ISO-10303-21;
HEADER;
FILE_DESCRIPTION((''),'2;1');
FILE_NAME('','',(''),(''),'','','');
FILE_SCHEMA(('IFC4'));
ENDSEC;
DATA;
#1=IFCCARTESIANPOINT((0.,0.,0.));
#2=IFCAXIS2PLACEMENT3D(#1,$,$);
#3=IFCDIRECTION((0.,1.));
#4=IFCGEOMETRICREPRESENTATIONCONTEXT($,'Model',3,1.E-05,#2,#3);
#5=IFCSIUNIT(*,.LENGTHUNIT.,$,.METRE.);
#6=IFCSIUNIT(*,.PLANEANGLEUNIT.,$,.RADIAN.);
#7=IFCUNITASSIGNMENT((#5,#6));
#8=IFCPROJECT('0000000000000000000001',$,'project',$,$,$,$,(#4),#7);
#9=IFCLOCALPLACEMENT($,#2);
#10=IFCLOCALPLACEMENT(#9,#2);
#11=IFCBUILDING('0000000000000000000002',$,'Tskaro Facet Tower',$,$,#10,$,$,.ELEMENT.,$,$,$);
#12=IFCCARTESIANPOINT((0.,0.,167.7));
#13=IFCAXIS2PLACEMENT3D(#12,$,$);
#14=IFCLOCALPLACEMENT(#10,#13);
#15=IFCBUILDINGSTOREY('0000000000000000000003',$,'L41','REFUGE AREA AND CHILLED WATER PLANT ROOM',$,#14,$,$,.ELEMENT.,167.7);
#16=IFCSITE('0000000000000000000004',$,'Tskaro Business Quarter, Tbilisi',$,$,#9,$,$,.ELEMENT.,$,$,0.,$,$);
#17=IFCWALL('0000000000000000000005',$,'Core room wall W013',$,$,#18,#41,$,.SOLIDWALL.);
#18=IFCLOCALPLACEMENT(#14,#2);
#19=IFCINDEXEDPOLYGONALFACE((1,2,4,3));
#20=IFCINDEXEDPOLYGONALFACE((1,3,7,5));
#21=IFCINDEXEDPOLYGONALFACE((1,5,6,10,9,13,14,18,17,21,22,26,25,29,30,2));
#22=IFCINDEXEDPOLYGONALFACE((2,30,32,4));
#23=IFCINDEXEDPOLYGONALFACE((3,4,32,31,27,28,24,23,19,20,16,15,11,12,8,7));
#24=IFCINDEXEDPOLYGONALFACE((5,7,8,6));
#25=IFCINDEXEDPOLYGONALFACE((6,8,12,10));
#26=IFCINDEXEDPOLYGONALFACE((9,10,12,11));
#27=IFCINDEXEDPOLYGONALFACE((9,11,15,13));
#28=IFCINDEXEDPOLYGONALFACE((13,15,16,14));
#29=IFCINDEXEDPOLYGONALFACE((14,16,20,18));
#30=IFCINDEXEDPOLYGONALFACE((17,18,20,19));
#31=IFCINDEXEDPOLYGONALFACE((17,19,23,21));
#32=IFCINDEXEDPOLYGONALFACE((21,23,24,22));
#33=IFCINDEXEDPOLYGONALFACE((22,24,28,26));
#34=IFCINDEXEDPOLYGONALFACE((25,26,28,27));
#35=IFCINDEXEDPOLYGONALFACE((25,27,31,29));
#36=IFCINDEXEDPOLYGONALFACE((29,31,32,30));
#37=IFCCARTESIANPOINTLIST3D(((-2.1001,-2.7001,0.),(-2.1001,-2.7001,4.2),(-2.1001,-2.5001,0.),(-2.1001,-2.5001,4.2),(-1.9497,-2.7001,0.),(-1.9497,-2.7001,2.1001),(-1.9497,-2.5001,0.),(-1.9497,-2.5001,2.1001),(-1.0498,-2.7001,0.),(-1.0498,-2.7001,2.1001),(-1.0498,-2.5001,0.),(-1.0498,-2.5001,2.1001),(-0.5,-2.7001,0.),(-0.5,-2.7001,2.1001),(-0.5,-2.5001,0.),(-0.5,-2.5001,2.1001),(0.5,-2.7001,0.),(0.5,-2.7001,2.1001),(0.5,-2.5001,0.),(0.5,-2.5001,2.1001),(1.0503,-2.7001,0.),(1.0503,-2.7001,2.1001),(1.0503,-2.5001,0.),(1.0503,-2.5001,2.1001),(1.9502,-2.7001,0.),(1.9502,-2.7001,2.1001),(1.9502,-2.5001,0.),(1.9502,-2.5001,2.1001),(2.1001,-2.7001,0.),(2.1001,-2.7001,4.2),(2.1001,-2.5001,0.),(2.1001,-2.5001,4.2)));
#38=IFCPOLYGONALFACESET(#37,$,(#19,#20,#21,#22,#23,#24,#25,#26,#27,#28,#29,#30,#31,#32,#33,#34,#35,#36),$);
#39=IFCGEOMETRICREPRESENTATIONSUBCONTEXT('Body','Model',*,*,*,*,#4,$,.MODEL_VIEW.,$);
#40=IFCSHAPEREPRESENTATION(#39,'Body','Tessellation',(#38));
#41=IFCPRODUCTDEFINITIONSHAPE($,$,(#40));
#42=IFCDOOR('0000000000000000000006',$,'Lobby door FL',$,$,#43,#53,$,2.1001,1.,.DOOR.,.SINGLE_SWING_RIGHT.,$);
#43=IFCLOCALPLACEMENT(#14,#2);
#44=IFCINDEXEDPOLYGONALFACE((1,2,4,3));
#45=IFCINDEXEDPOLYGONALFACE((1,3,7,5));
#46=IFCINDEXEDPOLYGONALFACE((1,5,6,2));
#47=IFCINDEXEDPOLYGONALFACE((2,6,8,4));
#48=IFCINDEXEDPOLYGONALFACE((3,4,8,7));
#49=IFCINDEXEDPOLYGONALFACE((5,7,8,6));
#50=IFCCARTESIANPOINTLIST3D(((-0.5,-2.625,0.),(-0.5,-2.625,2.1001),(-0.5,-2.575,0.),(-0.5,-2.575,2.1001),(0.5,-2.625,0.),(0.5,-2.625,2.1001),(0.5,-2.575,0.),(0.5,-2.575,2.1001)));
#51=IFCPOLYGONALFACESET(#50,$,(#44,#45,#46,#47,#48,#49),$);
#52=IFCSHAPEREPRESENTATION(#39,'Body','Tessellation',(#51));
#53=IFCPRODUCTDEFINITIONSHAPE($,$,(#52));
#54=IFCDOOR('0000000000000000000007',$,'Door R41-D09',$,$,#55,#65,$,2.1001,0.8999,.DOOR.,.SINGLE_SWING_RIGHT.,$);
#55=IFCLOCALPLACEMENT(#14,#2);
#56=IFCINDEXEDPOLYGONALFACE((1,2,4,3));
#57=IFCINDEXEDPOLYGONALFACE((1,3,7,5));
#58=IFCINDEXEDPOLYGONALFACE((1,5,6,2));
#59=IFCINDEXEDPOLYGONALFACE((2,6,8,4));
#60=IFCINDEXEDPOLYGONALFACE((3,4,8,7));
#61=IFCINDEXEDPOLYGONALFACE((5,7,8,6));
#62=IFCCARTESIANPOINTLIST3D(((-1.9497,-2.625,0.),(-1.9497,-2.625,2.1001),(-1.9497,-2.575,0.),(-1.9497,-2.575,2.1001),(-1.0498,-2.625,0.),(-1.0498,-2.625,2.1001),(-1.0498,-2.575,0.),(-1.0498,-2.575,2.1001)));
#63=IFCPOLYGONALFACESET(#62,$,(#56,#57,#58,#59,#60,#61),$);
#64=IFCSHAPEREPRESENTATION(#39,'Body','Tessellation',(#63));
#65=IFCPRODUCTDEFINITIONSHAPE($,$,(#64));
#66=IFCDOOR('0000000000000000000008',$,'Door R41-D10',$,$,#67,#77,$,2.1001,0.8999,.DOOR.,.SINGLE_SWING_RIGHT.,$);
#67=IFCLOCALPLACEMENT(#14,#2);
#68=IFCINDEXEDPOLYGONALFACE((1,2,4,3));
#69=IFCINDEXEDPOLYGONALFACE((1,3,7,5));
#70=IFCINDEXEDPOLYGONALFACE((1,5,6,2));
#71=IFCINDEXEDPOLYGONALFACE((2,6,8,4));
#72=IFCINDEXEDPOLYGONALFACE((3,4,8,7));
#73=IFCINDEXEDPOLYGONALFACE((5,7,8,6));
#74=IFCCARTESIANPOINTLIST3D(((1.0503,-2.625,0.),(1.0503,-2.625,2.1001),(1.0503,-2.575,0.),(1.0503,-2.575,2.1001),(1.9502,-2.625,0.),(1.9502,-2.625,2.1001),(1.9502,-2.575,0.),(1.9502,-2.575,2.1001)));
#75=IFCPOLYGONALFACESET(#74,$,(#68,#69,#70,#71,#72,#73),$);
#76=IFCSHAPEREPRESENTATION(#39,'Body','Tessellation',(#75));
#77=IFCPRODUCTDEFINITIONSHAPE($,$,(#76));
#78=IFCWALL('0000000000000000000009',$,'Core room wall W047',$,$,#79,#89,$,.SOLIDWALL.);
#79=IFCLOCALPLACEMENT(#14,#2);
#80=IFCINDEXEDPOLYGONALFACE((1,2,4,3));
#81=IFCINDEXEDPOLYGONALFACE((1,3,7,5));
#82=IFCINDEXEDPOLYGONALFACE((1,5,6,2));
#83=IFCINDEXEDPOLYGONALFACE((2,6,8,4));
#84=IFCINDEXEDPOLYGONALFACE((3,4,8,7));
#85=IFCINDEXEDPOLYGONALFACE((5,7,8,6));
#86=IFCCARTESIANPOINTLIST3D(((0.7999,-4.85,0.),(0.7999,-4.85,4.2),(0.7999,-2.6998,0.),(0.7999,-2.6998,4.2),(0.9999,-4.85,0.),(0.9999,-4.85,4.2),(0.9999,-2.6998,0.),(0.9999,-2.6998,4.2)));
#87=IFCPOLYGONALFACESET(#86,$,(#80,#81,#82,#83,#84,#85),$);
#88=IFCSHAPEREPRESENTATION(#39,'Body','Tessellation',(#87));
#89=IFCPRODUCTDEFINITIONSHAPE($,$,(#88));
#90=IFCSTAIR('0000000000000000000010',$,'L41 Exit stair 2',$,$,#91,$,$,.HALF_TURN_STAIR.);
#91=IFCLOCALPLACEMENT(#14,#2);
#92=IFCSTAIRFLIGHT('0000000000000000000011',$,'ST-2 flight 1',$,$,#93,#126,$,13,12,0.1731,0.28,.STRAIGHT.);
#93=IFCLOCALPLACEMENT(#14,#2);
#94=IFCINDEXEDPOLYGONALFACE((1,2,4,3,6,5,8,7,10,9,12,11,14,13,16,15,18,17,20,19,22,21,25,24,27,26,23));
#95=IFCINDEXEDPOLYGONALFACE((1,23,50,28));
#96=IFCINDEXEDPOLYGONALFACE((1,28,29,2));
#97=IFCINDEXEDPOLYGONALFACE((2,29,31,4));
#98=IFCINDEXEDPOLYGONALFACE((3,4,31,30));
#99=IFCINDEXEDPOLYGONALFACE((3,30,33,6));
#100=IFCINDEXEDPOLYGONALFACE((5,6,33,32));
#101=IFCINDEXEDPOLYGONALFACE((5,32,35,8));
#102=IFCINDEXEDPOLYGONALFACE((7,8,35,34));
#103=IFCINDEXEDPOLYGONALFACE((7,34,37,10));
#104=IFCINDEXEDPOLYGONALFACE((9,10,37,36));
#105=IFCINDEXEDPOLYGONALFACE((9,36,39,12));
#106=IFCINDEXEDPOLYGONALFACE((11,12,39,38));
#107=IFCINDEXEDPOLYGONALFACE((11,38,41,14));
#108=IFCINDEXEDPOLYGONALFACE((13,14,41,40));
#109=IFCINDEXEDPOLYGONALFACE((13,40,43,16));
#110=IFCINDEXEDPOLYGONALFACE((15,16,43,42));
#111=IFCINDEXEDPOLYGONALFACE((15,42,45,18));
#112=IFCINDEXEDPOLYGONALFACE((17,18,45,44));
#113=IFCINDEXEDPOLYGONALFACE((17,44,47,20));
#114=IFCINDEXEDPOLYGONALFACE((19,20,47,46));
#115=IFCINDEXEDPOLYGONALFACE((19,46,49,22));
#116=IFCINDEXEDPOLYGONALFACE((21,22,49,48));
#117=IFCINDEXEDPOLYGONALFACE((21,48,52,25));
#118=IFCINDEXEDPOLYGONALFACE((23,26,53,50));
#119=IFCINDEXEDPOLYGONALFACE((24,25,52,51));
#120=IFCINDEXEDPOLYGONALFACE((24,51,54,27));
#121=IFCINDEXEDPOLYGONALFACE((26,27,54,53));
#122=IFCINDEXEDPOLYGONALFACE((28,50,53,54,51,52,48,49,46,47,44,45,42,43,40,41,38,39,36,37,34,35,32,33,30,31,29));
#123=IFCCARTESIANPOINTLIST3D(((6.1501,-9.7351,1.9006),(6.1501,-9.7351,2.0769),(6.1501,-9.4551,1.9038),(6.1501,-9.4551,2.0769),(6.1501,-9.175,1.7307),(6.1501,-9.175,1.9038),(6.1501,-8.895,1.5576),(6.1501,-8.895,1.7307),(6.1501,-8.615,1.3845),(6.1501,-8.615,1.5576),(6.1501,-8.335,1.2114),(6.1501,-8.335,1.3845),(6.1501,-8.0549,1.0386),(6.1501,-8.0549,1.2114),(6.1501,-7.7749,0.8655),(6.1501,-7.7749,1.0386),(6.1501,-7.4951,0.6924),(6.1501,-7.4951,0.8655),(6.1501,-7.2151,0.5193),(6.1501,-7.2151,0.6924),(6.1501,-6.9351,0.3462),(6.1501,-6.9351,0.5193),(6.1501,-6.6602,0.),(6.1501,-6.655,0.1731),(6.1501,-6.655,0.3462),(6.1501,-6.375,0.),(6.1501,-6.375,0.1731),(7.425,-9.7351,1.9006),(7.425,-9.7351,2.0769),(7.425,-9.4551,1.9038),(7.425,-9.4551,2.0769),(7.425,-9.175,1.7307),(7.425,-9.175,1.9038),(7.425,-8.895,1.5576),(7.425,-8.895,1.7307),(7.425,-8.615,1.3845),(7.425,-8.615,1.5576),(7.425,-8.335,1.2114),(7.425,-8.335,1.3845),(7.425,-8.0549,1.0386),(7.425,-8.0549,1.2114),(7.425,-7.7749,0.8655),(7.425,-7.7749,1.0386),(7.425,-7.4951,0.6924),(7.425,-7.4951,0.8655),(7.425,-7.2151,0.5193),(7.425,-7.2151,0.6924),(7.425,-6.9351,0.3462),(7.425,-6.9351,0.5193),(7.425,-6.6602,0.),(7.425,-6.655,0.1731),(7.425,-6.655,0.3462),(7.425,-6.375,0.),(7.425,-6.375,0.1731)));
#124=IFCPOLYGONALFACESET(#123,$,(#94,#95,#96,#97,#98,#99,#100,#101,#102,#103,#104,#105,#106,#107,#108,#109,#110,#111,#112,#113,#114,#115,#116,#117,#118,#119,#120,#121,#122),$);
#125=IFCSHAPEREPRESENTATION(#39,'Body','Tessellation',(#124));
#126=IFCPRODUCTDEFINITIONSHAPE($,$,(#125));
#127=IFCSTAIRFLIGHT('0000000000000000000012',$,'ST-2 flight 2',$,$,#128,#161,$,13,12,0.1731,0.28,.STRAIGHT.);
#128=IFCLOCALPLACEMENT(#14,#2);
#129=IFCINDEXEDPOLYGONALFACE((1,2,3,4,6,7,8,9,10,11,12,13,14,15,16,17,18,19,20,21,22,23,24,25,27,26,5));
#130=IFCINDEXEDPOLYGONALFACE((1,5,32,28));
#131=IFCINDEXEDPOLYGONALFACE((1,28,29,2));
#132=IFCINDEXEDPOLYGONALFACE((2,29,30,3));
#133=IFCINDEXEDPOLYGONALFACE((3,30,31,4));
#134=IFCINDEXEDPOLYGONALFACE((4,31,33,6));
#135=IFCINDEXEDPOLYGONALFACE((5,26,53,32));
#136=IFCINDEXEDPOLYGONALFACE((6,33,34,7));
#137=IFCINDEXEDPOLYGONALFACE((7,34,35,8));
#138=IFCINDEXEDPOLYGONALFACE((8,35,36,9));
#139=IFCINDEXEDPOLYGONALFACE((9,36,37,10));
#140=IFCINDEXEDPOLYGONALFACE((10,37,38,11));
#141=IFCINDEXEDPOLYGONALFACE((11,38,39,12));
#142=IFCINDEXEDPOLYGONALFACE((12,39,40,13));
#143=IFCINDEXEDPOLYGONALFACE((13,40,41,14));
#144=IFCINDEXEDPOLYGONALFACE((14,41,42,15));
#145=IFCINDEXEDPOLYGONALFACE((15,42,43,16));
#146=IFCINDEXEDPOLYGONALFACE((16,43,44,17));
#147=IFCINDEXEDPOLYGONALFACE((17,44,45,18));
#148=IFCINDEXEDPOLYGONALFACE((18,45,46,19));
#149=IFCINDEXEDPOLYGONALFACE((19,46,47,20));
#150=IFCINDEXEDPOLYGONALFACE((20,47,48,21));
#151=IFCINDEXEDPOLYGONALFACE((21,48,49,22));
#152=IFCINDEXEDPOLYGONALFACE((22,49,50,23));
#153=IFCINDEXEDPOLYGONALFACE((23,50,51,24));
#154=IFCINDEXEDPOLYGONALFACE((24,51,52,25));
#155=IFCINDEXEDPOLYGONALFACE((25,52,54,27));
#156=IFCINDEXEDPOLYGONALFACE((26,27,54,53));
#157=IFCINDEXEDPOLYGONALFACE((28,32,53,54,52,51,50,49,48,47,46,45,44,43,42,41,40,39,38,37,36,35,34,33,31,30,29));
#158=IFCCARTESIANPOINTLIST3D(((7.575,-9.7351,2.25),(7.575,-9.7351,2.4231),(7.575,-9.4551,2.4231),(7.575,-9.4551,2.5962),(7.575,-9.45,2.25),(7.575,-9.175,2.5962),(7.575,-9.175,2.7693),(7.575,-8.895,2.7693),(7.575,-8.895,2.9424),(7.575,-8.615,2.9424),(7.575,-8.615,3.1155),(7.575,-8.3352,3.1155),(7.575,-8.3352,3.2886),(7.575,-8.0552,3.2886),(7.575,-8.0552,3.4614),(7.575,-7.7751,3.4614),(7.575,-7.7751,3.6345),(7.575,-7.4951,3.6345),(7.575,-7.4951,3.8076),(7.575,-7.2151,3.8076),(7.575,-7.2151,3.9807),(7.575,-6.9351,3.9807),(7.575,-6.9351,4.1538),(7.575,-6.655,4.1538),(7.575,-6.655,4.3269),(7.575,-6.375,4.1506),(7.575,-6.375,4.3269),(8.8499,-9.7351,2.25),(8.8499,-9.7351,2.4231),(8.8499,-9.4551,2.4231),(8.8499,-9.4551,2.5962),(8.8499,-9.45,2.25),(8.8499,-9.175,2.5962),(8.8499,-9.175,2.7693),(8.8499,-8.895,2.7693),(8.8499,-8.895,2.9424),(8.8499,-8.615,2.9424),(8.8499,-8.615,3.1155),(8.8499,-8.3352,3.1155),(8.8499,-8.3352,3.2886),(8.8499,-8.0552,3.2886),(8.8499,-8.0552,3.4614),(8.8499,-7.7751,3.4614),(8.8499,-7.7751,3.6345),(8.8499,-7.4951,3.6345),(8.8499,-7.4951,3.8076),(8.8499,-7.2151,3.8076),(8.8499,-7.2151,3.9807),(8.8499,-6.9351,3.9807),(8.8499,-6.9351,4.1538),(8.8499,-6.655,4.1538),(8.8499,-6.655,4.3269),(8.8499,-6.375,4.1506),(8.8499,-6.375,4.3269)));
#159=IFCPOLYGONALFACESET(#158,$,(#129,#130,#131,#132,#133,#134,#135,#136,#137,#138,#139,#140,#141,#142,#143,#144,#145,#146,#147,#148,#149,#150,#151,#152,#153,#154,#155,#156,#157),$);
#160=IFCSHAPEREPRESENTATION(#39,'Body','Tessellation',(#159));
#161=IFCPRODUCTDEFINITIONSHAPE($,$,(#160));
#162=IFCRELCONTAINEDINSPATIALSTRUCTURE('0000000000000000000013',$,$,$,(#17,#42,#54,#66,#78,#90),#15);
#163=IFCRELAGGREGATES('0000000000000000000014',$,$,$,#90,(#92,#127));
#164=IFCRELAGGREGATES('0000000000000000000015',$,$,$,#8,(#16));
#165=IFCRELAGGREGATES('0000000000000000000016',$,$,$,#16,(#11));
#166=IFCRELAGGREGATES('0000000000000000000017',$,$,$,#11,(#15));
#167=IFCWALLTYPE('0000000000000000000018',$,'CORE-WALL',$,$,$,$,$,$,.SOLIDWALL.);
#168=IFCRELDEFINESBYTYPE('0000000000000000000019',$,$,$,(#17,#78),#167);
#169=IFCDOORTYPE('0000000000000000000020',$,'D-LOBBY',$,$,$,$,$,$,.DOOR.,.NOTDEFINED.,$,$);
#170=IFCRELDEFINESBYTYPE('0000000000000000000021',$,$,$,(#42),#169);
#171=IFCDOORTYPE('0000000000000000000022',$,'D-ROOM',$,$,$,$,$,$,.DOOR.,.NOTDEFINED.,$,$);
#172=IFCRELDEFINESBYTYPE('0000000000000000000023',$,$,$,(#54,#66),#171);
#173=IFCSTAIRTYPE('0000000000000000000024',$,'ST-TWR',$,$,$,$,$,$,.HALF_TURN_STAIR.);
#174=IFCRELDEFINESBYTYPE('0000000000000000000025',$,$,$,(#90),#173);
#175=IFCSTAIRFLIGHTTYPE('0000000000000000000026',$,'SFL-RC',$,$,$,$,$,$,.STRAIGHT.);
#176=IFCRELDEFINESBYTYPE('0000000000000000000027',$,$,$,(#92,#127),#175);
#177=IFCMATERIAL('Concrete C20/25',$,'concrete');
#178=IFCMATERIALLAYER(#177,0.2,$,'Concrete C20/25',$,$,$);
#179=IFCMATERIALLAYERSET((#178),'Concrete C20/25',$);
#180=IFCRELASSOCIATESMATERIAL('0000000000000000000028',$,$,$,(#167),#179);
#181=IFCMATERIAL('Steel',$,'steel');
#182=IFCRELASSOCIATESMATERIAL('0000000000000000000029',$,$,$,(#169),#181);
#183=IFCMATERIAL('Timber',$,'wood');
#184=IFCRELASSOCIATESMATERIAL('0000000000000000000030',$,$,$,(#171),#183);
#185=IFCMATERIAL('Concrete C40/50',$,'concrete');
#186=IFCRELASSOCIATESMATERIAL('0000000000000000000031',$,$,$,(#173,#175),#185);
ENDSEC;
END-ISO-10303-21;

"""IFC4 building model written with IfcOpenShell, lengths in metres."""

from ifc_helpers import new_model, si_unit, direction, frame, frame_2d, origin, place, context, subcontext, project, spatial, polyline, rectangle, outline, extrude, material, layer, layer_set, type_object, element, fill, aggregate, save


model = new_model("IFC4")

# Units and contexts
model_context = context("Model", 3, precision=1e-05, world=origin(), true_north=direction((0.0, 1.0)))
body_context = subcontext(model_context, "Body", "Model", "MODEL_VIEW")
ifc_project = project(units=[si_unit("LENGTHUNIT", "METRE"), si_unit("PLANEANGLEUNIT", "RADIAN")], contexts=[model_context])

# Site, building, storey
site_placement = place(None, origin())
site = spatial("IfcSite", under=ifc_project, at=site_placement, Name="Tskaro Business Quarter, Tbilisi", CompositionType="ELEMENT", RefElevation=0.0)
building_placement = place(site_placement, origin())
building = spatial("IfcBuilding", under=site, at=building_placement, Name="Tskaro Facet Tower", CompositionType="ELEMENT")
storey_placement = place(building_placement, frame((0.0, 0.0, 167.7)))
storey = spatial("IfcBuildingStorey", under=building, at=storey_placement, Name="L41", Description="REFUGE AREA AND CHILLED WATER PLANT ROOM", CompositionType="ELEMENT", Elevation=167.7)

# Shared definitions
ifc_material_1 = material(Name="Steel", Category="steel")

# Shared definitions
ifc_material_2 = material(Name="Concrete C20/25", Category="concrete")
ifc_layer_1 = layer(ifc_material_2, 0.2, Name="Concrete C20/25")
ifc_layer_set_1 = layer_set([ifc_layer_1], Name="Concrete C20/25")
wall_type_1 = type_object("IfcWallType", Name="CORE-WALL", PredefinedType="SOLIDWALL", material=ifc_layer_set_1)

# Wall, openings, doors
wall_1_placement = place(storey_placement, frame((2.1001, -2.6001, 0.0), z_axis=(0.0, 0.0, 1.0), x_axis=(-1.0, 0.0, 0.0)))
wall_1 = element("IfcWall", 1, at=wall_1_placement, inside=storey, type_object=wall_type_1, Name="Core room wall W013", PredefinedType="SOLIDWALL", context=body_context, shape_type="SweptSolid", body=[
    extrude(rectangle(XDim=4.2002, YDim=0.2, at=frame_2d((2.1001, 0.0))), origin(), (0.0, 0.0, 1.0), 4.2),
])
opening_1_placement = place(wall_1_placement, frame((1.6001, 0.0, 0.0)))
opening_1 = element("IfcOpeningElement", 2, at=opening_1_placement, cuts=wall_1, PredefinedType="OPENING", context=body_context, shape_type="SweptSolid", body=[
    extrude(rectangle(XDim=1.0, YDim=2.1001, at=frame_2d((0.5, 1.05))), frame((0.0, 0.1099, 0.0), z_axis=(0.0, -1.0, 0.0), x_axis=(1.0, 0.0, 0.0)), (0.0, 0.0, 1.0), 0.22),
])
opening_2_placement = place(wall_1_placement, frame((3.1499, 0.0, 0.0)))
opening_2 = element("IfcOpeningElement", 3, at=opening_2_placement, cuts=wall_1, PredefinedType="OPENING", context=body_context, shape_type="SweptSolid", body=[
    extrude(rectangle(XDim=0.8999, YDim=2.1001, at=frame_2d((0.45, 1.05))), frame((0.0, 0.1099, 0.0), z_axis=(0.0, -1.0, 0.0), x_axis=(1.0, 0.0, 0.0)), (0.0, 0.0, 1.0), 0.22),
])
opening_3_placement = place(wall_1_placement, frame((0.1499, 0.0, 0.0)))
opening_3 = element("IfcOpeningElement", 4, at=opening_3_placement, cuts=wall_1, PredefinedType="OPENING", context=body_context, shape_type="SweptSolid", body=[
    extrude(rectangle(XDim=0.8999, YDim=2.1001, at=frame_2d((0.45, 1.05))), frame((0.0, 0.1099, 0.0), z_axis=(0.0, -1.0, 0.0), x_axis=(1.0, 0.0, 0.0)), (0.0, 0.0, 1.0), 0.22),
])
door_type_1 = type_object("IfcDoorType", Name="D-LOBBY", OperationType="NOTDEFINED", PredefinedType="DOOR", material=ifc_material_1)
door_1_placement = place(opening_1_placement, origin())
door_1 = element("IfcDoor", 5, at=door_1_placement, inside=storey, type_object=door_type_1, Name="Lobby door FL", OperationType="SINGLE_SWING_RIGHT", OverallHeight=2.1001, OverallWidth=1.0, PredefinedType="DOOR", context=body_context, shape_type="SweptSolid", body=[
    extrude(rectangle(XDim=1.0, YDim=2.1001, at=frame_2d((0.5, 1.05))), frame((0.0, 0.0249, 0.0), z_axis=(0.0, -1.0, 0.0), x_axis=(1.0, 0.0, 0.0)), (0.0, 0.0, 1.0), 0.05),
])
fill(opening_1, door_1)
ifc_material_3 = material(Name="Timber", Category="wood")
door_type_2 = type_object("IfcDoorType", Name="D-ROOM", OperationType="NOTDEFINED", PredefinedType="DOOR", material=ifc_material_3)
door_2_placement = place(opening_2_placement, origin())
door_2 = element("IfcDoor", 6, at=door_2_placement, inside=storey, type_object=door_type_2, Name="Door R41-D09", OperationType="SINGLE_SWING_RIGHT", OverallHeight=2.1001, OverallWidth=0.8999, PredefinedType="DOOR", context=body_context, shape_type="SweptSolid", body=[
    extrude(rectangle(XDim=0.8999, YDim=2.1001, at=frame_2d((0.45, 1.05))), frame((0.0, 0.0249, 0.0), z_axis=(0.0, -1.0, 0.0), x_axis=(1.0, 0.0, 0.0)), (0.0, 0.0, 1.0), 0.05),
])
fill(opening_2, door_2)
door_3_placement = place(opening_3_placement, origin())
door_3 = element("IfcDoor", 7, at=door_3_placement, inside=storey, type_object=door_type_2, Name="Door R41-D10", OperationType="SINGLE_SWING_RIGHT", OverallHeight=2.1001, OverallWidth=0.8999, PredefinedType="DOOR", context=body_context, shape_type="SweptSolid", body=[
    extrude(rectangle(XDim=0.8999, YDim=2.1001, at=frame_2d((0.45, 1.05))), frame((0.0, 0.0249, 0.0), z_axis=(0.0, -1.0, 0.0), x_axis=(1.0, 0.0, 0.0)), (0.0, 0.0, 1.0), 0.05),
])
fill(opening_3, door_3)

# Wall
wall_2_placement = place(storey_placement, frame((0.8999, -4.8501, 0.0), z_axis=(0.0, 0.0, 1.0), x_axis=(0.0, 1.0, 0.0)))
element("IfcWall", 8, at=wall_2_placement, inside=storey, type_object=wall_type_1, Name="Core room wall W047", PredefinedType="SOLIDWALL", context=body_context, shape_type="SweptSolid", body=[
    extrude(rectangle(XDim=2.1501, YDim=0.2, at=frame_2d((1.0752, 0.0))), origin(), (0.0, 0.0, 1.0), 4.2),
])

# Stair, stair flights
ifc_material_4 = material(Name="Concrete C40/50", Category="concrete")
stair_type = type_object("IfcStairType", Name="ST-TWR", PredefinedType="HALF_TURN_STAIR", material=ifc_material_4)
stair_placement = place(storey_placement, origin())
stair = element("IfcStair", 9, at=stair_placement, inside=storey, type_object=stair_type, Name="L41 Exit stair 2", PredefinedType="HALF_TURN_STAIR")
stair_flight_type = type_object("IfcStairFlightType", Name="SFL-RC", PredefinedType="STRAIGHT", material=ifc_material_4)
stair_flight_1_placement = place(storey_placement, frame((6.7876, -6.375, 0.0), z_axis=(0.0, 0.0, 1.0), x_axis=(0.0, -1.0, 0.0)))
stair_flight_1 = element("IfcStairFlight", 10, at=stair_flight_1_placement, type_object=stair_flight_type, Name="ST-2 flight 1", NumberOfRisers=13, NumberOfTreads=12, PredefinedType="STRAIGHT", RiserHeight=0.1731, TreadLength=0.28, context=body_context, shape_type="SweptSolid", body=[
    extrude(outline(polyline([(0.0, 0.0), (0.0, 0.1731), (0.28, 0.1731), (0.28, 0.3462), (0.5601, 0.3462), (0.5601, 0.5193), (0.8401, 0.5193), (0.8401, 0.6924), (1.1201, 0.6924), (1.1201, 0.8655), (1.3999, 0.8655), (1.3999, 1.0386), (1.6799, 1.0386), (1.6799, 1.2114), (1.96, 1.2114), (1.96, 1.3845), (2.24, 1.3845), (2.24, 1.5576), (2.52, 1.5576), (2.52, 1.7307), (2.8, 1.7307), (2.8, 1.9038), (3.0801, 1.9038), (3.0801, 2.0769), (3.3601, 2.0769), (3.3601, 2.25), (3.3601, 1.9006), (0.2852, 0.0), (0.0, 0.0)])), frame((0.0, 0.6375, 0.0), z_axis=(0.0, -1.0, 0.0), x_axis=(1.0, 0.0, 0.0)), (0.0, 0.0, 1.0), 1.2749),
])
stair_flight_2_placement = place(storey_placement, frame((8.2124, -9.7351, 2.25), z_axis=(0.0, 0.0, 1.0), x_axis=(0.0, 1.0, 0.0)))
stair_flight_2 = element("IfcStairFlight", 11, at=stair_flight_2_placement, type_object=stair_flight_type, Name="ST-2 flight 2", NumberOfRisers=13, NumberOfTreads=12, PredefinedType="STRAIGHT", RiserHeight=0.1731, TreadLength=0.28, context=body_context, shape_type="SweptSolid", body=[
    extrude(outline(polyline([(0.0, 0.0), (0.0, 0.1731), (0.28, 0.1731), (0.28, 0.3462), (0.5601, 0.3462), (0.5601, 0.5193), (0.8401, 0.5193), (0.8401, 0.6924), (1.1201, 0.6924), (1.1201, 0.8655), (1.3999, 0.8655), (1.3999, 1.0386), (1.6799, 1.0386), (1.6799, 1.2114), (1.96, 1.2114), (1.96, 1.3845), (2.24, 1.3845), (2.24, 1.5576), (2.52, 1.5576), (2.52, 1.7307), (2.8, 1.7307), (2.8, 1.9038), (3.0801, 1.9038), (3.0801, 2.0769), (3.3601, 2.0769), (3.3601, 2.25), (3.3601, 1.9006), (0.2852, 0.0), (0.0, 0.0)])), frame((0.0, 0.6375, 0.0), z_axis=(0.0, -1.0, 0.0), x_axis=(1.0, 0.0, 0.0)), (0.0, 0.0, 1.0), 1.2749),
])
aggregate(stair, [stair_flight_1, stair_flight_2])

save(model, "model.ifc")
